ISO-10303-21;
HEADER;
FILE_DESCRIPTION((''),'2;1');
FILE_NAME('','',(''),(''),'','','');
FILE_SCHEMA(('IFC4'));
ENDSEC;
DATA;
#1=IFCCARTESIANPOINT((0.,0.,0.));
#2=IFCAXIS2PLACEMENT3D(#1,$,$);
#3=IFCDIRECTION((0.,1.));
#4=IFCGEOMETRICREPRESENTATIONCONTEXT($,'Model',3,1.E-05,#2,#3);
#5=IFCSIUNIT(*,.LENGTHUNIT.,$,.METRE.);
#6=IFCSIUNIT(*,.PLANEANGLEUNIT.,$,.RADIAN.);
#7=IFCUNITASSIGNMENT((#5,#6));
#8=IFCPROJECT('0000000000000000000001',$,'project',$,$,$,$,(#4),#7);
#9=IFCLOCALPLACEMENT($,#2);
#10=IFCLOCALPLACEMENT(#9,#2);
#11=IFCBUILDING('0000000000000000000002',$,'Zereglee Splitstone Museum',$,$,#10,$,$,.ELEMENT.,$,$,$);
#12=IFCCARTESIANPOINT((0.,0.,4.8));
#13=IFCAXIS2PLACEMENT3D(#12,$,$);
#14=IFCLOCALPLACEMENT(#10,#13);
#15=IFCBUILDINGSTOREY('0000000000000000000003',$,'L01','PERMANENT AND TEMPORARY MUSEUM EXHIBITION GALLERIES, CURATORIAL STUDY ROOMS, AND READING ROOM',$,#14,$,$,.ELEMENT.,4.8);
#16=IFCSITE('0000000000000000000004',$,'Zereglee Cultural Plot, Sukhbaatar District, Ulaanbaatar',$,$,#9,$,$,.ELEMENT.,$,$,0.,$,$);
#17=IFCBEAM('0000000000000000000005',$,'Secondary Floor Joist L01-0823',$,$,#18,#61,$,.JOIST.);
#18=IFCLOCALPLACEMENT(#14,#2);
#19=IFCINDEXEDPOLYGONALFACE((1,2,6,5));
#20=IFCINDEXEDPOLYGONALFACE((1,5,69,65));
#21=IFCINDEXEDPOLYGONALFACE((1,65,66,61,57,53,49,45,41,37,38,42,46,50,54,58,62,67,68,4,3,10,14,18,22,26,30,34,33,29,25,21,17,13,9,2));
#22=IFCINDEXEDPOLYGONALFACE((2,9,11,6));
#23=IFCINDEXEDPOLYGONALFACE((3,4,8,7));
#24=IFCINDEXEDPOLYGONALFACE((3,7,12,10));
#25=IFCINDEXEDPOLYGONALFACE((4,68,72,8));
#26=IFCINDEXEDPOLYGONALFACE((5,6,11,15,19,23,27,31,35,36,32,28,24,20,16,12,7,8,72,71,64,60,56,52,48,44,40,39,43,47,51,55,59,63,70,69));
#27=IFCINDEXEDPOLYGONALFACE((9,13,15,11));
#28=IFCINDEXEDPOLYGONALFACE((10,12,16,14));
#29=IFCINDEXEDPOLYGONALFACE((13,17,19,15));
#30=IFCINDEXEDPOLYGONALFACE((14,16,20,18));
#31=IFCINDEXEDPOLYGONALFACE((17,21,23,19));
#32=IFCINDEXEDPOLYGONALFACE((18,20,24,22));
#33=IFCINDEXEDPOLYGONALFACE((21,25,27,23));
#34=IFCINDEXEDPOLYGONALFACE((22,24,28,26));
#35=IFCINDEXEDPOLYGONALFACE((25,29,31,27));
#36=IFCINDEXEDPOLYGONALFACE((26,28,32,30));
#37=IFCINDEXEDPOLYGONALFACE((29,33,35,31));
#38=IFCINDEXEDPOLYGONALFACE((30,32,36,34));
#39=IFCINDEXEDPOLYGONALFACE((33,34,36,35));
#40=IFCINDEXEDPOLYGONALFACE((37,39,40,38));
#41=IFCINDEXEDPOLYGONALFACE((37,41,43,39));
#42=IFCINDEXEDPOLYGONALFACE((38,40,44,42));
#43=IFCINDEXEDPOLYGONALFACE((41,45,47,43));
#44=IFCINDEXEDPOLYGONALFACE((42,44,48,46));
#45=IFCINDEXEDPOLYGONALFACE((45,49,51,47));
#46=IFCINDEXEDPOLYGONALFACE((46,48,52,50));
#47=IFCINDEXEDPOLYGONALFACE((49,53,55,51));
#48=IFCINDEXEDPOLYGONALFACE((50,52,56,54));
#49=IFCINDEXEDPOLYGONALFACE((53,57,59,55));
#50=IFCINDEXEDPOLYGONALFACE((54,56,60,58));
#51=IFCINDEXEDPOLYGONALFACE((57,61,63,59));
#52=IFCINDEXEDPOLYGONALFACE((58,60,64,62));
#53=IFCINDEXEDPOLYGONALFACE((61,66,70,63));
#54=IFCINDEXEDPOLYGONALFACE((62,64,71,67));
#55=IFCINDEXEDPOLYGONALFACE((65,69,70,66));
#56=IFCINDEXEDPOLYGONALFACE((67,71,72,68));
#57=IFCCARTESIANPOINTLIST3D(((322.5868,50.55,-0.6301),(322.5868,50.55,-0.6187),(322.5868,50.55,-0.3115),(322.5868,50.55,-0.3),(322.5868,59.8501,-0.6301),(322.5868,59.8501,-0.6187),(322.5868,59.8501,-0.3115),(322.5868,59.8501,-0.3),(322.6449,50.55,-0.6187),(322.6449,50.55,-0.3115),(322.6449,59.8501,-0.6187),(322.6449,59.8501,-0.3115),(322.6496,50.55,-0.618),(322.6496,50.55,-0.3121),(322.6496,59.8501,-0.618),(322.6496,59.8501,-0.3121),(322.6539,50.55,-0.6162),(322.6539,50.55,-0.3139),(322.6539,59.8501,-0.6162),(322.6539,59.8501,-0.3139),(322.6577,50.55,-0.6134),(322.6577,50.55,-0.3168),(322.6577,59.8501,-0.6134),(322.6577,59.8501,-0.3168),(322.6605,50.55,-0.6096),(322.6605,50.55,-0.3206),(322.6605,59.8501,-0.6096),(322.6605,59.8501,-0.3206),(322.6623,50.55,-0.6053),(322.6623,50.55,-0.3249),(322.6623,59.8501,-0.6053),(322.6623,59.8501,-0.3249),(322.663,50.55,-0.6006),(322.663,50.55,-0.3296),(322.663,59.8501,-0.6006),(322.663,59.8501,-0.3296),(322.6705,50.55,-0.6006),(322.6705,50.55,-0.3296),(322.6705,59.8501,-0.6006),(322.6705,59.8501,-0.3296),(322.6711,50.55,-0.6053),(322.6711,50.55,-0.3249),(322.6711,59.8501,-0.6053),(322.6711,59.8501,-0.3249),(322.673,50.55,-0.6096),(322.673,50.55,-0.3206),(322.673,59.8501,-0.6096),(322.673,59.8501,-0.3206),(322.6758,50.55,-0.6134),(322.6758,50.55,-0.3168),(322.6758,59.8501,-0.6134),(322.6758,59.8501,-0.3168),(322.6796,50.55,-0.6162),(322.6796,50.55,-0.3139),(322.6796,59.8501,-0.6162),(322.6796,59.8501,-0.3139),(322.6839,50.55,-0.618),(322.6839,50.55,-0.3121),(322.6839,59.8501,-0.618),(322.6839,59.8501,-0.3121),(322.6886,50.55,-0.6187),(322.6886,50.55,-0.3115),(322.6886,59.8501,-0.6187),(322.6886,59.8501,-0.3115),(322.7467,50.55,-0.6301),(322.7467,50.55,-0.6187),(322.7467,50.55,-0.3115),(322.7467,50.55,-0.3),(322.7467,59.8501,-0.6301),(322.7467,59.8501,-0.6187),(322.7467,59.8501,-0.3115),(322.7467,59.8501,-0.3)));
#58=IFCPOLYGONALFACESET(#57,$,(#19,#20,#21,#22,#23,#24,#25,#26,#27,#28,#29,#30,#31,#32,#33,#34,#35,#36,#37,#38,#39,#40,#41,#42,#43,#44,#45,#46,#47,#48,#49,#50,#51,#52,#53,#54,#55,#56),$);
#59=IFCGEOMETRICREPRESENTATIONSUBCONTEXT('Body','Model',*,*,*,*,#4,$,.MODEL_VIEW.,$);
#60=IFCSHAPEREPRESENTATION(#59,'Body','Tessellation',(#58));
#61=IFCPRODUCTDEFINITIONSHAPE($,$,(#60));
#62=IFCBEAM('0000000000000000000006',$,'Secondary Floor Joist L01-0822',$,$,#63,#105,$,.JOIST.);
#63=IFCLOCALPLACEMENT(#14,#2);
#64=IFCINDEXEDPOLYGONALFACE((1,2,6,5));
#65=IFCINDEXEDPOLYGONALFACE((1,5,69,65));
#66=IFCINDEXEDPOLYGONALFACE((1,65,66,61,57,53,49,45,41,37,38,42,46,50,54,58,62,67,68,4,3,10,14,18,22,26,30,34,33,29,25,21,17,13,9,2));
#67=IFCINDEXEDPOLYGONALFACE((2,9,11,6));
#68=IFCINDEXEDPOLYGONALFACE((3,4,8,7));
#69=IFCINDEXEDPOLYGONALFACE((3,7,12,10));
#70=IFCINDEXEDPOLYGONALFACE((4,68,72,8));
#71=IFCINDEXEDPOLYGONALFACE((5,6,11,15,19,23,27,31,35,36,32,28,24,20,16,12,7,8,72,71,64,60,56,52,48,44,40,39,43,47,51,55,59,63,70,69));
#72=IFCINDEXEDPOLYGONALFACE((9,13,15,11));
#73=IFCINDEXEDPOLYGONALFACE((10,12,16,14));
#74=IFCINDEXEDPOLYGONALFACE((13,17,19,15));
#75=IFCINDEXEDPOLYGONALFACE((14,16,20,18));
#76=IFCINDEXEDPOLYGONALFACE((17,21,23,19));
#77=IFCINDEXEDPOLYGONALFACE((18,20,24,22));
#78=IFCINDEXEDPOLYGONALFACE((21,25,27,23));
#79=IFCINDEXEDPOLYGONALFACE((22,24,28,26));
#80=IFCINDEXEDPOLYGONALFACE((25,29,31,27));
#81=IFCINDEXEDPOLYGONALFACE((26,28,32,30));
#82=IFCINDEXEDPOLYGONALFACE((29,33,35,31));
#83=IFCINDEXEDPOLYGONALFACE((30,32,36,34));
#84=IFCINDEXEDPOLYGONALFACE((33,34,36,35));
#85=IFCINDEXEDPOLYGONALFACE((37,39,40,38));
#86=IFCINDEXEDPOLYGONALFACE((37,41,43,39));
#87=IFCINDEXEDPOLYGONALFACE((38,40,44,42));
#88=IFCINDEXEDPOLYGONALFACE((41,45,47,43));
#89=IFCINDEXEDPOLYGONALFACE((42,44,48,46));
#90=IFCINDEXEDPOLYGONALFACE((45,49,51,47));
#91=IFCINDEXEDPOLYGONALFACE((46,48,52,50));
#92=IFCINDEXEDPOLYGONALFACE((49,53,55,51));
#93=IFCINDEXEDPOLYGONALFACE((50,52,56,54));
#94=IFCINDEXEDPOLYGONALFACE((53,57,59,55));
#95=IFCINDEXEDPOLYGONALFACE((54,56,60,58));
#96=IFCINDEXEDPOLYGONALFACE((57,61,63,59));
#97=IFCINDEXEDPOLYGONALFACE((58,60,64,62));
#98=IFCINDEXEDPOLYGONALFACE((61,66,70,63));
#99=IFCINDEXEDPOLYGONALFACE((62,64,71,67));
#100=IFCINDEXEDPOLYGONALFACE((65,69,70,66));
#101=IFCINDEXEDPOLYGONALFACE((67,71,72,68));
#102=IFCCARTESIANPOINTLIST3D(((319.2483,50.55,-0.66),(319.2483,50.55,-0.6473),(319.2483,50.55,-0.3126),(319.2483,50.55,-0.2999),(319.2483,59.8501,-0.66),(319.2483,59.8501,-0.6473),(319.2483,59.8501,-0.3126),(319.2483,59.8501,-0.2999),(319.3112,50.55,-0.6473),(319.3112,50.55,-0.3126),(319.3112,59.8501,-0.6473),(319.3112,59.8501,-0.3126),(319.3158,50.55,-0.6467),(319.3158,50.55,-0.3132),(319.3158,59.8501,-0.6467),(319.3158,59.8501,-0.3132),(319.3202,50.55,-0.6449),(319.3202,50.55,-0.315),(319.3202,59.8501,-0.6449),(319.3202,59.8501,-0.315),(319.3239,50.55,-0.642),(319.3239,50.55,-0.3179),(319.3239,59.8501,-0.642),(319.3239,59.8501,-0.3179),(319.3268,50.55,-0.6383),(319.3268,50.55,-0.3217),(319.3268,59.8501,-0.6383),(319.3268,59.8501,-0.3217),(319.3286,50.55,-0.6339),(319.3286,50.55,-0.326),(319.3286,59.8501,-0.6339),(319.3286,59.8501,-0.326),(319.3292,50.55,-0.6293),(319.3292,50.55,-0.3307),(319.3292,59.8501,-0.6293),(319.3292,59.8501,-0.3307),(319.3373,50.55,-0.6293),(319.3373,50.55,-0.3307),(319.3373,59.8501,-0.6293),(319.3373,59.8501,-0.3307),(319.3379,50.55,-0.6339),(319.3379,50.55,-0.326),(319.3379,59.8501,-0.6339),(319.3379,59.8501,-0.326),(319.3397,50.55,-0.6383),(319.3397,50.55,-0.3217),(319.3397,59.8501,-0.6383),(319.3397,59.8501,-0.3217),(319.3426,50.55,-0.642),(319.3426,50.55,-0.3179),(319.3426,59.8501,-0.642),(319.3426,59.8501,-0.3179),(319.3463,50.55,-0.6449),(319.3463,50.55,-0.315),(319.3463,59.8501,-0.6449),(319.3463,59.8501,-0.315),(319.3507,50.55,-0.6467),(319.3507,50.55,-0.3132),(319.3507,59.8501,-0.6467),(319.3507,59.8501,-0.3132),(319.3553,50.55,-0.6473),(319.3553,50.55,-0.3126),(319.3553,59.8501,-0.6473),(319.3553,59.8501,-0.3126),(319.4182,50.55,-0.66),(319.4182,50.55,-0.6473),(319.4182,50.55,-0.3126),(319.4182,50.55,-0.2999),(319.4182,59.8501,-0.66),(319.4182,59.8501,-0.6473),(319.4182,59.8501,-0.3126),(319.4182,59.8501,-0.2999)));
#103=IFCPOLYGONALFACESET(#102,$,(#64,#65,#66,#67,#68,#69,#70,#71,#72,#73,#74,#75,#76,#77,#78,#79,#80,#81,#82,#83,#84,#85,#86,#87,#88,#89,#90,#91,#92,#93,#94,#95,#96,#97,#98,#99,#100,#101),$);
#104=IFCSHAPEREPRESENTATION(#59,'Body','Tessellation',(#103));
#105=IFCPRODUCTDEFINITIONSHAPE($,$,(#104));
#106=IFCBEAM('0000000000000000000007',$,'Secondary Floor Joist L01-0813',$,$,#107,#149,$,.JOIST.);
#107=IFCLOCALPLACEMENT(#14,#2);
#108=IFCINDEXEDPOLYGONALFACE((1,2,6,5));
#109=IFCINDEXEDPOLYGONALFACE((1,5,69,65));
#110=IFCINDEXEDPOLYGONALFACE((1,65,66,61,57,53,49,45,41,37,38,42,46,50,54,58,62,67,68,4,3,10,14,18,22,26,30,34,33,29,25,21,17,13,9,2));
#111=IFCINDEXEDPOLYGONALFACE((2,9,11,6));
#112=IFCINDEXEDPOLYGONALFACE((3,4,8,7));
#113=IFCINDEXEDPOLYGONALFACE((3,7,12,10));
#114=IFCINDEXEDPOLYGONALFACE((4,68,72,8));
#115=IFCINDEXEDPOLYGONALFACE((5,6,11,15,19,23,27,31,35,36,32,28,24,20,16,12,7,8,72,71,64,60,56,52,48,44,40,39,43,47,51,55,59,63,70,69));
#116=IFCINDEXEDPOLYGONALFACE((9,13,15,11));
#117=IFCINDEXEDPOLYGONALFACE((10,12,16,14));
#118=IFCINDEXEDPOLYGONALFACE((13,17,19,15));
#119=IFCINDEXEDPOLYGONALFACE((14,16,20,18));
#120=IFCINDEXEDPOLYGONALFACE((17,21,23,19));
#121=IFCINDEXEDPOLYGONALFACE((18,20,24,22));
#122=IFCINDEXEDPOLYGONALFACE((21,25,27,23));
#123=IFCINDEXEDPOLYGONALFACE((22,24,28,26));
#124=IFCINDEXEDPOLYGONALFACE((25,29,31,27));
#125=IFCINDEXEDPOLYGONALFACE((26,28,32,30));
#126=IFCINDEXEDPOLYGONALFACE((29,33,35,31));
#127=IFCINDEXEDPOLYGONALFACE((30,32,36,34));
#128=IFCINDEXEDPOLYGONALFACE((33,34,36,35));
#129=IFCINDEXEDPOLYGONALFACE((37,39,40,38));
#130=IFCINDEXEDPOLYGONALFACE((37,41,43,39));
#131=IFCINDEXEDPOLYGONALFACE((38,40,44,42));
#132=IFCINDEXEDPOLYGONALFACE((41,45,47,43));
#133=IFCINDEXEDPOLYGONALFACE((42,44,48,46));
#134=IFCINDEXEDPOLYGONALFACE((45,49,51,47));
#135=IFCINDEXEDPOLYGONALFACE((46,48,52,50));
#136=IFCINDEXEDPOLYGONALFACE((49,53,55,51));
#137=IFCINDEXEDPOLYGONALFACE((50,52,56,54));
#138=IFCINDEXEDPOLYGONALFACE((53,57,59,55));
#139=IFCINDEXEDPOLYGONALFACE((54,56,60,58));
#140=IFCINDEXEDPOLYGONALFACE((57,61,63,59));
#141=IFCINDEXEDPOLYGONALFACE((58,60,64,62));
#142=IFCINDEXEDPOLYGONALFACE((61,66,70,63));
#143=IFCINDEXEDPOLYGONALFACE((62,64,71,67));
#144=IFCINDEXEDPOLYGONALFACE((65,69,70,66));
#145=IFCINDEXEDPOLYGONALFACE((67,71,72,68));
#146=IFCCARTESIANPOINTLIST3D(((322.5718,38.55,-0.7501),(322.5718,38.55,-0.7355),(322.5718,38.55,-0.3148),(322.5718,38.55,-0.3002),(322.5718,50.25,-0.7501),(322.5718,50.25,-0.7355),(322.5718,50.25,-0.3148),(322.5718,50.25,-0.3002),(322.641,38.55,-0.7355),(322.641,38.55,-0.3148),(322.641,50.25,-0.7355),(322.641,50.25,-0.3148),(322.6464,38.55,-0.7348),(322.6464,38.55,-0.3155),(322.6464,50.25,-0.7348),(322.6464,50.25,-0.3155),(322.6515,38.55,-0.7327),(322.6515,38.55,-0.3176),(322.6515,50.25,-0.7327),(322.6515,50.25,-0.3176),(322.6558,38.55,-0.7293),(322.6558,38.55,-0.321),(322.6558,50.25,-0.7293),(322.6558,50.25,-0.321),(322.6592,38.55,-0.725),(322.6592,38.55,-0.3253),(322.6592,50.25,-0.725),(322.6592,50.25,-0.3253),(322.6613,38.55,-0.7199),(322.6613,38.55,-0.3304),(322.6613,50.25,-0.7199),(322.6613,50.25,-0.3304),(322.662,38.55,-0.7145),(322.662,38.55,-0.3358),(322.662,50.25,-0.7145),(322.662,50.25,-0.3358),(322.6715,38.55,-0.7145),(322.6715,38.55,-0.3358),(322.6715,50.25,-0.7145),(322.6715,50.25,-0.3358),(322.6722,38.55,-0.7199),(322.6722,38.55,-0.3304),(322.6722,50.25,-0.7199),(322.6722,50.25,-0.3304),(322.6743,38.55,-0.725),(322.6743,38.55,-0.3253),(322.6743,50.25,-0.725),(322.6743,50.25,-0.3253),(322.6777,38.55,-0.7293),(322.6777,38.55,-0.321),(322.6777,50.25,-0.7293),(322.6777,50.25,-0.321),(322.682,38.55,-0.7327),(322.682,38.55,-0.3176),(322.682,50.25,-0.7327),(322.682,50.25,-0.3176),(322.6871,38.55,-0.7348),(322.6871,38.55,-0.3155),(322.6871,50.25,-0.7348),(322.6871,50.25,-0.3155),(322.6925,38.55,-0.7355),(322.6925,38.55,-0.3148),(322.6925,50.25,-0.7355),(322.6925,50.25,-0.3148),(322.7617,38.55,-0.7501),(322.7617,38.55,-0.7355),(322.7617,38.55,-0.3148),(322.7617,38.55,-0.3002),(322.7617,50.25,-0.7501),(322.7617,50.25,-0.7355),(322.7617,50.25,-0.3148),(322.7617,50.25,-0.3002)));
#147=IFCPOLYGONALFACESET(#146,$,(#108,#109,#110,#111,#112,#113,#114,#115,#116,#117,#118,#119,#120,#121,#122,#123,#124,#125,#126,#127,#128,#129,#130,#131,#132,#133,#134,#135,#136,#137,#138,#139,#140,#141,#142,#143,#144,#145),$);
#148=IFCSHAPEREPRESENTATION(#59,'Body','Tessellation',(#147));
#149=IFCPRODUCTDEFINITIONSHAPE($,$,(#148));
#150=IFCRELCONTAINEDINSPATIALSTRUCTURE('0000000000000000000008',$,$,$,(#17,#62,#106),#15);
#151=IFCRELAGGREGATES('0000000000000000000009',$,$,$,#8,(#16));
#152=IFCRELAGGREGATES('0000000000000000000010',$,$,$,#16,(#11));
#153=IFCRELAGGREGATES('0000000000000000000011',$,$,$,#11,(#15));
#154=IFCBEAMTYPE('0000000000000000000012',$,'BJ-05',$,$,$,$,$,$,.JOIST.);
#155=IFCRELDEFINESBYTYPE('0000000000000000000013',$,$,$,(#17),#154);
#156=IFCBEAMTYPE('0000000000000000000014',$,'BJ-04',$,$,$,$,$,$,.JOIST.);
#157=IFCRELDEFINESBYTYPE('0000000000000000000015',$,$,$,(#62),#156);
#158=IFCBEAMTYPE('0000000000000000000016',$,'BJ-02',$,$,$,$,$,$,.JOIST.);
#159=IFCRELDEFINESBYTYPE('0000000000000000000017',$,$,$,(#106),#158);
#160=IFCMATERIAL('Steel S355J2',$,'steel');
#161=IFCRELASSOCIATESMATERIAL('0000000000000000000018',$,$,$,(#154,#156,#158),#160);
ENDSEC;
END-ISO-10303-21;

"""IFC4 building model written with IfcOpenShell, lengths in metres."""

from ifc_helpers import new_model, si_unit, direction, frame, origin, origin_2d, place, context, subcontext, project, spatial, i_section, extrude, material, material_profile, profile_set, type_object, element, save


model = new_model("IFC4")

# Units and contexts
model_context = context("Model", 3, precision=1e-05, world=origin(), true_north=direction((0.0, 1.0)))
body_context = subcontext(model_context, "Body", "Model", "MODEL_VIEW")
ifc_project = project(units=[si_unit("LENGTHUNIT", "METRE"), si_unit("PLANEANGLEUNIT", "RADIAN")], contexts=[model_context])

# Site, building, storey
site_placement = place(None, origin())
site = spatial("IfcSite", under=ifc_project, at=site_placement, Name="Zereglee Cultural Plot, Sukhbaatar District, Ulaanbaatar", CompositionType="ELEMENT", RefElevation=0.0)
building_placement = place(site_placement, origin())
building = spatial("IfcBuilding", under=site, at=building_placement, Name="Zereglee Splitstone Museum", CompositionType="ELEMENT")
storey_placement = place(building_placement, frame((0.0, 0.0, 4.8)))
storey = spatial("IfcBuildingStorey", under=building, at=storey_placement, Name="L01", Description="PERMANENT AND TEMPORARY MUSEUM EXHIBITION GALLERIES, CURATORIAL STUDY ROOMS, AND READING ROOM", CompositionType="ELEMENT", Elevation=4.8)

# Shared definitions
ifc_material_1 = material(Name="Steel S355J2", Category="steel")

# Beams
ifc_material_profile_1 = material_profile(ifc_material_1, i_section(OverallWidth=0.1599, OverallDepth=0.3301, WebThickness=0.0076, FlangeThickness=0.0115, FilletRadius=0.0181, at=origin_2d()), Name="IPE 330")
ifc_profile_set_1 = profile_set([ifc_material_profile_1], Name="Steel S355J2")
beam_type_1 = type_object("IfcBeamType", Name="BJ-05", PredefinedType="JOIST", material=ifc_profile_set_1)
beam_1_placement = place(storey_placement, frame((322.6667, 50.55, -0.4651), z_axis=(0.0, 1.0, 0.0), x_axis=(-1.0, 0.0, 0.0)))
element("IfcBeam", 1, at=beam_1_placement, inside=storey, type_object=beam_type_1, Name="Secondary Floor Joist L01-0823", PredefinedType="JOIST", context=body_context, shape_type="SweptSolid", body=[
    extrude(i_section(OverallWidth=0.1599, OverallDepth=0.3301, WebThickness=0.0076, FlangeThickness=0.0115, FilletRadius=0.0181, at=origin_2d()), origin(), (0.0, 0.0, 1.0), 9.3),
])
ifc_material_profile_2 = material_profile(ifc_material_1, i_section(OverallWidth=0.1699, OverallDepth=0.3601, WebThickness=0.0081, FlangeThickness=0.0127, FilletRadius=0.0181, at=origin_2d()), Name="IPE 360")
ifc_profile_set_2 = profile_set([ifc_material_profile_2], Name="Steel S355J2")
beam_type_2 = type_object("IfcBeamType", Name="BJ-04", PredefinedType="JOIST", material=ifc_profile_set_2)
beam_2_placement = place(storey_placement, frame((319.3333, 50.55, -0.48), z_axis=(0.0, 1.0, 0.0), x_axis=(-1.0, 0.0, 0.0)))
element("IfcBeam", 2, at=beam_2_placement, inside=storey, type_object=beam_type_2, Name="Secondary Floor Joist L01-0822", PredefinedType="JOIST", context=body_context, shape_type="SweptSolid", body=[
    extrude(i_section(OverallWidth=0.1699, OverallDepth=0.3601, WebThickness=0.0081, FlangeThickness=0.0127, FilletRadius=0.0181, at=origin_2d()), origin(), (0.0, 0.0, 1.0), 9.3),
])
ifc_material_profile_3 = material_profile(ifc_material_1, i_section(OverallWidth=0.1899, OverallDepth=0.45, WebThickness=0.0095, FlangeThickness=0.0146, FilletRadius=0.021, at=origin_2d()), Name="IPE 450")
ifc_profile_set_3 = profile_set([ifc_material_profile_3], Name="Steel S355J2")
beam_type_3 = type_object("IfcBeamType", Name="BJ-02", PredefinedType="JOIST", material=ifc_profile_set_3)
beam_3_placement = place(storey_placement, frame((322.6667, 38.55, -0.5251), z_axis=(0.0, 1.0, 0.0), x_axis=(-1.0, 0.0, 0.0)))
element("IfcBeam", 3, at=beam_3_placement, inside=storey, type_object=beam_type_3, Name="Secondary Floor Joist L01-0813", PredefinedType="JOIST", context=body_context, shape_type="SweptSolid", body=[
    extrude(i_section(OverallWidth=0.1899, OverallDepth=0.45, WebThickness=0.0095, FlangeThickness=0.0146, FilletRadius=0.021, at=origin_2d()), origin(), (0.0, 0.0, 1.0), 11.7),
])

save(model, "model.ifc")
